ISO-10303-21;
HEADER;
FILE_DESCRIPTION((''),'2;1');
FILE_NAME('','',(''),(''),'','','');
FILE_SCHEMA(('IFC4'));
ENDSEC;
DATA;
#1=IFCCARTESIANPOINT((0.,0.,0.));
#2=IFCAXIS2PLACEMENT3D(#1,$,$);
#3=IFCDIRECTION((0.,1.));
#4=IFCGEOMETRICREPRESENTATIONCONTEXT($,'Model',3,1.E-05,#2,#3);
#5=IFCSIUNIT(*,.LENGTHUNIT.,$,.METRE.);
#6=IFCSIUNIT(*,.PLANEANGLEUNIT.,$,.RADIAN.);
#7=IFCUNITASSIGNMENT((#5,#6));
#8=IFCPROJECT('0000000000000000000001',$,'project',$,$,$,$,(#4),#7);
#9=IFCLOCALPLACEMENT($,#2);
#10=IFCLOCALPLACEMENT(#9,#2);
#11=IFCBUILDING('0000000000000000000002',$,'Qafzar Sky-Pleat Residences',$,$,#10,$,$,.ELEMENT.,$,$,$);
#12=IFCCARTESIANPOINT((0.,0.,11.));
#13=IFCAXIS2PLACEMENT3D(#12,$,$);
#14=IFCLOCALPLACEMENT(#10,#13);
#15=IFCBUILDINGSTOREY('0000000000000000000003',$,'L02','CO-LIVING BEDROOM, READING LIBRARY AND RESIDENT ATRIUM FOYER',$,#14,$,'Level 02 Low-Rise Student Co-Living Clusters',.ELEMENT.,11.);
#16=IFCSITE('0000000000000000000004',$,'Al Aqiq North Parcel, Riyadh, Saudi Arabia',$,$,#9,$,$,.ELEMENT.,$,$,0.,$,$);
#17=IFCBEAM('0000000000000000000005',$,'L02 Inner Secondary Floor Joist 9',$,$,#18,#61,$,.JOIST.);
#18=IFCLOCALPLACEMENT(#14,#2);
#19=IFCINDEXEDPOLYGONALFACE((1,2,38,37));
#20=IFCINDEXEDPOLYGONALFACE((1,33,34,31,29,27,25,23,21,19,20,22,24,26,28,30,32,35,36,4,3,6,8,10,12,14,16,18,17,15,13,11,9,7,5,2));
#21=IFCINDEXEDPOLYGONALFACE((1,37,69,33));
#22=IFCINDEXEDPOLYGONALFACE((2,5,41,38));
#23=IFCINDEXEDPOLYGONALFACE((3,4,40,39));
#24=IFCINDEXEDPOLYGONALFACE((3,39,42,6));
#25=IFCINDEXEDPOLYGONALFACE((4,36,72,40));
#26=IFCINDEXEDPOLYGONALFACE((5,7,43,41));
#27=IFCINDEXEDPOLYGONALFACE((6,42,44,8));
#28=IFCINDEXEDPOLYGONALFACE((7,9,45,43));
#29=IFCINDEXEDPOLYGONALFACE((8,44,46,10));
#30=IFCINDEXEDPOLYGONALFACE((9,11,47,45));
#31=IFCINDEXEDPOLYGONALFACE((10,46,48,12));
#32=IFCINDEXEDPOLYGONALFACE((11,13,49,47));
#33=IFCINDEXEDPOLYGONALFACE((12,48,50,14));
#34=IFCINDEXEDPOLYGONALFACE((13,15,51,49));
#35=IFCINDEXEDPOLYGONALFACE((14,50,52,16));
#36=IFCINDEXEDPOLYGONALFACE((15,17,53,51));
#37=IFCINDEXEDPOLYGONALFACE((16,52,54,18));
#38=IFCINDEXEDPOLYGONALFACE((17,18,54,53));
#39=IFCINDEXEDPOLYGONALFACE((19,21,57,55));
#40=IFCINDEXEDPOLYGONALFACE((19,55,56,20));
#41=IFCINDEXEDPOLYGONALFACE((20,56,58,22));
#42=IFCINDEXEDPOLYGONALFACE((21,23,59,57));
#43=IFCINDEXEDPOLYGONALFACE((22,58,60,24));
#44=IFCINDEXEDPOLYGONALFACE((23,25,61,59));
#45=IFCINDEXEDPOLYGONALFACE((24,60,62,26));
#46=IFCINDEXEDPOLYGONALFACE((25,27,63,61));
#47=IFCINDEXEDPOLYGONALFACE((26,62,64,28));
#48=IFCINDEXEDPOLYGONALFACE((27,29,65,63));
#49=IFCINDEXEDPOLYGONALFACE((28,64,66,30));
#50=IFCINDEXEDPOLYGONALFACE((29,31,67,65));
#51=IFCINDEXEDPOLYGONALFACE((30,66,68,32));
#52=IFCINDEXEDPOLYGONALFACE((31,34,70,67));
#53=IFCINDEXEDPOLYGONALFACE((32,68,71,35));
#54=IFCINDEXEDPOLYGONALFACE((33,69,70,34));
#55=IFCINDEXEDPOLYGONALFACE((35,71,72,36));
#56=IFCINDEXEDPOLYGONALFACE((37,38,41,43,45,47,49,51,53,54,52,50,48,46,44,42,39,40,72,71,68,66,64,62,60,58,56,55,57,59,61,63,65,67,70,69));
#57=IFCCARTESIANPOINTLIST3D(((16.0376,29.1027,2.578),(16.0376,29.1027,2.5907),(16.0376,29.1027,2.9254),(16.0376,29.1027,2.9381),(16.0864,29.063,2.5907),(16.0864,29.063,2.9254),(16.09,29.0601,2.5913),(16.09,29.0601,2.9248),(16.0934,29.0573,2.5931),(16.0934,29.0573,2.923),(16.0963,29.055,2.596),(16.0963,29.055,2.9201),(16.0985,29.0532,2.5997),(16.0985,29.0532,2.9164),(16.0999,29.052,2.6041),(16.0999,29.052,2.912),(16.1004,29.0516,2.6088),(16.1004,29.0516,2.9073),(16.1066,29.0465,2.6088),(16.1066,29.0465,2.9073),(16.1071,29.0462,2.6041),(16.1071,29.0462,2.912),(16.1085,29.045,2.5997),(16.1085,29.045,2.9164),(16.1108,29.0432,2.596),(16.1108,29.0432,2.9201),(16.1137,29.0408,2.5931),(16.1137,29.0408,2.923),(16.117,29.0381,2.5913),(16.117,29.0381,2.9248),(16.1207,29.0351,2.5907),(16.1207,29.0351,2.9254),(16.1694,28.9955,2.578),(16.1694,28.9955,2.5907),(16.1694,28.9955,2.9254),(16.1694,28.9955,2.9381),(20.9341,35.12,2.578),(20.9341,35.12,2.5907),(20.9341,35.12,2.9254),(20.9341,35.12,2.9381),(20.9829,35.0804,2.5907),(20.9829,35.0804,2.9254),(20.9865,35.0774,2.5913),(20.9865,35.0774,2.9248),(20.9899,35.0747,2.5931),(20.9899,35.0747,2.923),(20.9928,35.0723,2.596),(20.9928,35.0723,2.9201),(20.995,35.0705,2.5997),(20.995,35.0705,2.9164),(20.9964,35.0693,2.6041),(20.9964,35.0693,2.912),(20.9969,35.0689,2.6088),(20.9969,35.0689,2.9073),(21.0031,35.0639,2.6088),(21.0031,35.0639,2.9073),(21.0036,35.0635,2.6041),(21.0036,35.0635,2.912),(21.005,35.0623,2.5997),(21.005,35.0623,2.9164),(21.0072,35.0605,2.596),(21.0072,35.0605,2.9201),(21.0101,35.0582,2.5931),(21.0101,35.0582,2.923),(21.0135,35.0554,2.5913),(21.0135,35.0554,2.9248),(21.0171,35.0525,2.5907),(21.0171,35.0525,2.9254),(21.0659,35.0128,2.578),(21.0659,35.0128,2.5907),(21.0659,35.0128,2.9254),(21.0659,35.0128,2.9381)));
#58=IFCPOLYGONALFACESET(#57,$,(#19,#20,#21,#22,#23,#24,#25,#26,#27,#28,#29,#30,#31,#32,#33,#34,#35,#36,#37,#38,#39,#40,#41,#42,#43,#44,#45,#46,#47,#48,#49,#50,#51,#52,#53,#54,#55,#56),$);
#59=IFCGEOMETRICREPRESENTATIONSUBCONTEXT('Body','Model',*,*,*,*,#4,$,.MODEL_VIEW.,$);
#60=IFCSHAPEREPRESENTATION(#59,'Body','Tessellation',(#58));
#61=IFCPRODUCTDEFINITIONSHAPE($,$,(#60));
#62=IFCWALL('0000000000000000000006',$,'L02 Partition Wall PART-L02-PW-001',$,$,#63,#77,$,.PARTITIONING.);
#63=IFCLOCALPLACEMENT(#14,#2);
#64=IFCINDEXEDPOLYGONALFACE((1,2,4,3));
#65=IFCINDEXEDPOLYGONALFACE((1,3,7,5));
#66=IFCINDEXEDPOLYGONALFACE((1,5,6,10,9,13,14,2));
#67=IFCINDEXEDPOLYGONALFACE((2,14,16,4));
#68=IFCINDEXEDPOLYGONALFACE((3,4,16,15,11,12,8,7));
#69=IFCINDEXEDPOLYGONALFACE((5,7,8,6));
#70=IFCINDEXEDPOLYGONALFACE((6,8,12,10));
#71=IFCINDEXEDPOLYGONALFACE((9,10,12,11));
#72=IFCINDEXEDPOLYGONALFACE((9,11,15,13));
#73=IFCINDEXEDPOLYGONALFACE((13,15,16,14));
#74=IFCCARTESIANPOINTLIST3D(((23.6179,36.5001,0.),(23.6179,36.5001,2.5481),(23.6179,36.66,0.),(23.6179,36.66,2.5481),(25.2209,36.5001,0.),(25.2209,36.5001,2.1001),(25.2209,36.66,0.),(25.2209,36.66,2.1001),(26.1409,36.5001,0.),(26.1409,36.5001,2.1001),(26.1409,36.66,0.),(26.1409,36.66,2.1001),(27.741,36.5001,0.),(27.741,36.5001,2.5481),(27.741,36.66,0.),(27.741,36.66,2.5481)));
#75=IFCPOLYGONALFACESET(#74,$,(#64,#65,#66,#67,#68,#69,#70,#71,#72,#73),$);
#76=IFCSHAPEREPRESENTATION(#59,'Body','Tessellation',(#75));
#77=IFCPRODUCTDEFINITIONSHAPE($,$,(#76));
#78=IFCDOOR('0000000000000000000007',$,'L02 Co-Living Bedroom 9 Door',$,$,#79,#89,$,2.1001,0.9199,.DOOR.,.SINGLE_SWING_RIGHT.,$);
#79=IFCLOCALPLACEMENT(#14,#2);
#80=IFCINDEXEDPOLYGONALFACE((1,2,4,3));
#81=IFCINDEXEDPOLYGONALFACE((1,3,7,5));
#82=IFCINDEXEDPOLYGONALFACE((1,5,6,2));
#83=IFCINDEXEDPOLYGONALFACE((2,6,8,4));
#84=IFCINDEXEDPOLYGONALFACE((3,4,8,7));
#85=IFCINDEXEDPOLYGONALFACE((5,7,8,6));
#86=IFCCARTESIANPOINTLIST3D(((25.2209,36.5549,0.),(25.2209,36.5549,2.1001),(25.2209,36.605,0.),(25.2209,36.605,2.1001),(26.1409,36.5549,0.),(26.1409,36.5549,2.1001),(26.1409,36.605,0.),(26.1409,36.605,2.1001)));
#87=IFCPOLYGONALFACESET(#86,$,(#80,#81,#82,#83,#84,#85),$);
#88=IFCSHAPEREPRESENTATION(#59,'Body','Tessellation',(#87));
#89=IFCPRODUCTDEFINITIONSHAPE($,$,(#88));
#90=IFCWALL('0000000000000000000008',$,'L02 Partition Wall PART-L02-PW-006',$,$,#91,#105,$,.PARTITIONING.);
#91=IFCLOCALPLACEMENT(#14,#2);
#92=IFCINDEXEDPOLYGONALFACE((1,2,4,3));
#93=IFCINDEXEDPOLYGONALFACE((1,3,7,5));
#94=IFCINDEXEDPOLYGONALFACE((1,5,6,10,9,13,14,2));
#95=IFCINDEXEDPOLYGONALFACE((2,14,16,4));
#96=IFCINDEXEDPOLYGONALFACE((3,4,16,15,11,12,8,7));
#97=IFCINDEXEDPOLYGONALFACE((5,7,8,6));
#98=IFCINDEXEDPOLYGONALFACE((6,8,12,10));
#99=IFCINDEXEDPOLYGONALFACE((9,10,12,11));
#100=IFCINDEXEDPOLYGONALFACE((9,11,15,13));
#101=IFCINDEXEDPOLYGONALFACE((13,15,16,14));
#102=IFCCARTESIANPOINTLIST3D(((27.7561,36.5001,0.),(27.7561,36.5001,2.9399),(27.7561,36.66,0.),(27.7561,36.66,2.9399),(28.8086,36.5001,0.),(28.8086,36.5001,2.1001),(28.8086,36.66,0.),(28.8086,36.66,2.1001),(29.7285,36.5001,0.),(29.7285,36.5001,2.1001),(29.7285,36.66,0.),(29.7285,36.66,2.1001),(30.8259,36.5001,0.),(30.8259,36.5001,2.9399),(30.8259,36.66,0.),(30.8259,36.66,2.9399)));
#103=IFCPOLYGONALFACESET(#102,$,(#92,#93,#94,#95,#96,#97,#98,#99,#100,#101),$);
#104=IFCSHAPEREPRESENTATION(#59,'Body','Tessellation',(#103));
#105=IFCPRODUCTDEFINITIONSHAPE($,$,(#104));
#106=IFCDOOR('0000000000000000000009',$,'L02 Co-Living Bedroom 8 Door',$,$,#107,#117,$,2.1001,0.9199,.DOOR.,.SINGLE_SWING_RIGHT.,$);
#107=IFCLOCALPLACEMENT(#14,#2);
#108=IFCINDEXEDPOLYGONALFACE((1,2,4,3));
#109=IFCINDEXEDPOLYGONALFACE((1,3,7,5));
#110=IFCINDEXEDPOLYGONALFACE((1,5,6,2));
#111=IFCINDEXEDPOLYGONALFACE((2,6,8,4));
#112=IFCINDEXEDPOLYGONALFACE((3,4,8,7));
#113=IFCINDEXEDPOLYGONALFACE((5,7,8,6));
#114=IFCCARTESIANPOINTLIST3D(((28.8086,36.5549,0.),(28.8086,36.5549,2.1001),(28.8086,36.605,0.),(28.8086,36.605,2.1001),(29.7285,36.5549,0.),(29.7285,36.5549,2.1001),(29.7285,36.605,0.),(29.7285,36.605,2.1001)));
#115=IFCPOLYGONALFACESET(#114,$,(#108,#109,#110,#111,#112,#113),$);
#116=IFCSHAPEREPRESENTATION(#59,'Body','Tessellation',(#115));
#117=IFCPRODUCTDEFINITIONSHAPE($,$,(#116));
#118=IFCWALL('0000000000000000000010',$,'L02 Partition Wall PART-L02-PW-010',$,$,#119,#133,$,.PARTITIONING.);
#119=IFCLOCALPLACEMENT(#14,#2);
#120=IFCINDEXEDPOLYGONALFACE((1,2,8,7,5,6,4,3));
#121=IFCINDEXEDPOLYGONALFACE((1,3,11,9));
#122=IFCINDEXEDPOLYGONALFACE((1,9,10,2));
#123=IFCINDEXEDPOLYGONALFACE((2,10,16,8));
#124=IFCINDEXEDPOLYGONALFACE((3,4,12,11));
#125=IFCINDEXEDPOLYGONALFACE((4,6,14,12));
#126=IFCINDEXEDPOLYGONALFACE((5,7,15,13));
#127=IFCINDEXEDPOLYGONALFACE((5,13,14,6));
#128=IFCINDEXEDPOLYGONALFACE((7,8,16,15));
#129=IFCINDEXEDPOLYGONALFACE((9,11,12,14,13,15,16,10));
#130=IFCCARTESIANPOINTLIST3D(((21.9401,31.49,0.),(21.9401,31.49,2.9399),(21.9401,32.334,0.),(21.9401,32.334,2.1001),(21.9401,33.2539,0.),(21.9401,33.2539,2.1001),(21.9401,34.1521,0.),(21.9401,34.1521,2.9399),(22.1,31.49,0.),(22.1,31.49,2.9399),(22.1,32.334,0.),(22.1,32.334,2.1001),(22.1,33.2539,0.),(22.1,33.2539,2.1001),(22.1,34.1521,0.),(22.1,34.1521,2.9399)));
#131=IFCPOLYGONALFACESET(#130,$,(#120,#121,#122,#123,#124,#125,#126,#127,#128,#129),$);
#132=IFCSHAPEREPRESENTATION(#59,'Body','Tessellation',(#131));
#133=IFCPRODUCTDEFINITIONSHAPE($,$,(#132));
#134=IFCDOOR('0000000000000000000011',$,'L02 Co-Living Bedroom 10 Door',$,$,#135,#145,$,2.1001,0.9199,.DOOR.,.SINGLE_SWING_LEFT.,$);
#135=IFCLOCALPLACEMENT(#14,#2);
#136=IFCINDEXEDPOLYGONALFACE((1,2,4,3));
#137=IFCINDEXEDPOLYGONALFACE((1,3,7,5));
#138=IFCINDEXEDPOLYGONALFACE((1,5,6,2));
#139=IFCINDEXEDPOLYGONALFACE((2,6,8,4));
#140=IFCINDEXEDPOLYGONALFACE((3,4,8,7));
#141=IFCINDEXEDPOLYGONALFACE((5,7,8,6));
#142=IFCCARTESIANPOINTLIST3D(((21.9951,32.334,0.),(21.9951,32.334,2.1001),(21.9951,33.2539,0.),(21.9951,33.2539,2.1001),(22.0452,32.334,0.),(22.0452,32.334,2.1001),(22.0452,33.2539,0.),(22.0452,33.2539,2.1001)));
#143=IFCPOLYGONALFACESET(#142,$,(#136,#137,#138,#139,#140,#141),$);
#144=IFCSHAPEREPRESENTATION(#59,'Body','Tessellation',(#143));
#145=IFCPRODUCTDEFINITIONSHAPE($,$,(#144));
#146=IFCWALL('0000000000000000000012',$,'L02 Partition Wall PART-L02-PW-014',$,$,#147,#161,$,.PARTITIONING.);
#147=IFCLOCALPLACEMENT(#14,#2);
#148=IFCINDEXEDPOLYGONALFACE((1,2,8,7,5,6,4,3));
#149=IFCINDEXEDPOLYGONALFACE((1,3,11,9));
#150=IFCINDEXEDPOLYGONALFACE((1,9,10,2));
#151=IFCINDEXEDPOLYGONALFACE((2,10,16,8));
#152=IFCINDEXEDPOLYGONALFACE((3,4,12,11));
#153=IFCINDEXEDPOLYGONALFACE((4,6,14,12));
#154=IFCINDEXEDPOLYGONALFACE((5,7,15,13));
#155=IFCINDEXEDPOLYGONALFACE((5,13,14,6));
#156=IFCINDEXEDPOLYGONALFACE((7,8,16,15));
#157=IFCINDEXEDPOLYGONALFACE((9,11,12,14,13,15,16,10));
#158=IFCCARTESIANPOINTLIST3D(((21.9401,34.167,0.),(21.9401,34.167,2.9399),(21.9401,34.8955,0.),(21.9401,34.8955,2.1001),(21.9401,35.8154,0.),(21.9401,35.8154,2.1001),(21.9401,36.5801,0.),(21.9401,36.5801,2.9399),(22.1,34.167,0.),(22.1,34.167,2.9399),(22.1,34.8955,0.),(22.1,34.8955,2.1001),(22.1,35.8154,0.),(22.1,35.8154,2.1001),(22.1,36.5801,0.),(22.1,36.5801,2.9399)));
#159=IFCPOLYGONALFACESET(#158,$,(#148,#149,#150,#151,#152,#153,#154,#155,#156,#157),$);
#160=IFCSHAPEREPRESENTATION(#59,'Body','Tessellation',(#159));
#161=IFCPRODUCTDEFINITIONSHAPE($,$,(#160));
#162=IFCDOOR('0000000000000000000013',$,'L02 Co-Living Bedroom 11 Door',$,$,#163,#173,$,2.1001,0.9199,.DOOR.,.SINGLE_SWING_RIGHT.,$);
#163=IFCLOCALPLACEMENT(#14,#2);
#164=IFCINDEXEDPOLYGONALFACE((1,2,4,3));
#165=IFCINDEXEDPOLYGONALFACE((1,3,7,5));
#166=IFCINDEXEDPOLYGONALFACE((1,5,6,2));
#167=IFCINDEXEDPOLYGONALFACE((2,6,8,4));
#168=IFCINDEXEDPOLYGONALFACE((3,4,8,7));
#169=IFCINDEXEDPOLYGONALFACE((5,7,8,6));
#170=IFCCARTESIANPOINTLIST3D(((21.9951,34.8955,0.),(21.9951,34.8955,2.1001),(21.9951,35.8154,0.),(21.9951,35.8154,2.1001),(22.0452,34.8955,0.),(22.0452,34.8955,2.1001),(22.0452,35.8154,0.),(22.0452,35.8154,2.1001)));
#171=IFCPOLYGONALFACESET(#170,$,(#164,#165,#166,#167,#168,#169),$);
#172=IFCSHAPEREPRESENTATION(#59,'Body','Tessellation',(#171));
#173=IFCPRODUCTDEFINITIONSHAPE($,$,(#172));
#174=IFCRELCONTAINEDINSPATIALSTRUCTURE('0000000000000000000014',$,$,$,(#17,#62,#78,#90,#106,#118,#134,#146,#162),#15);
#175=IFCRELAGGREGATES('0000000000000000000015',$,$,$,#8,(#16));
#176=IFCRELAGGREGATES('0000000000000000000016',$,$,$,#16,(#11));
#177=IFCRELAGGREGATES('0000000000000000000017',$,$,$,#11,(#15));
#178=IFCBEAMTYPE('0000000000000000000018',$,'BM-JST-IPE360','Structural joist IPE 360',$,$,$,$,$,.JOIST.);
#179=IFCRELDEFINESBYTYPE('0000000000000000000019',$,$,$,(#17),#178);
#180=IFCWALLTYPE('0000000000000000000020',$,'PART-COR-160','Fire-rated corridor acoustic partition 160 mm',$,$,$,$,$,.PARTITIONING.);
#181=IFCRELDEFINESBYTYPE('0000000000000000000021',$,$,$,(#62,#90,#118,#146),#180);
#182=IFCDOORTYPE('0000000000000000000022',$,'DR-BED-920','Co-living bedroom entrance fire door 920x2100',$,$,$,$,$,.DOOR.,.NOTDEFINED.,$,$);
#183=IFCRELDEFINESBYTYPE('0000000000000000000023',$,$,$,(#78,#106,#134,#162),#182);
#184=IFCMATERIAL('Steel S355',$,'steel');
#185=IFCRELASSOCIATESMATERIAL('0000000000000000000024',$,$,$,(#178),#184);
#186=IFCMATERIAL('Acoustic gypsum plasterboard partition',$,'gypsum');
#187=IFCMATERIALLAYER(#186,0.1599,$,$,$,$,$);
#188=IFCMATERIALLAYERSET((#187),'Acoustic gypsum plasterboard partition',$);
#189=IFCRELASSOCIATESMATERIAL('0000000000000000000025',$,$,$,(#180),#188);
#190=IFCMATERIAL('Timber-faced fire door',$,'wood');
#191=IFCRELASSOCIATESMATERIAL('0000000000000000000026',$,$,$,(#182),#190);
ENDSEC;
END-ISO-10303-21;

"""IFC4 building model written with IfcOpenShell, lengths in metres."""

from ifc_helpers import new_model, si_unit, direction, frame, frame_2d, origin, origin_2d, place, context, subcontext, project, spatial, rectangle, i_section, extrude, source, transform, mapped, material, layer, layer_set, material_profile, profile_set, type_object, element, fill, save


model = new_model("IFC4")

# Units and contexts
model_context = context("Model", 3, precision=1e-05, world=origin(), true_north=direction((0.0, 1.0)))
body_context = subcontext(model_context, "Body", "Model", "MODEL_VIEW")
ifc_project = project(units=[si_unit("LENGTHUNIT", "METRE"), si_unit("PLANEANGLEUNIT", "RADIAN")], contexts=[model_context])

# Site, building, storey
site_placement = place(None, origin())
site = spatial("IfcSite", under=ifc_project, at=site_placement, Name="Al Aqiq North Parcel, Riyadh, Saudi Arabia", CompositionType="ELEMENT", RefElevation=0.0)
building_placement = place(site_placement, origin())
building = spatial("IfcBuilding", under=site, at=building_placement, Name="Qafzar Sky-Pleat Residences", CompositionType="ELEMENT")
storey_placement = place(building_placement, frame((0.0, 0.0, 11.0)))
storey = spatial("IfcBuildingStorey", under=building, at=storey_placement, Name="L02", Description="CO-LIVING BEDROOM, READING LIBRARY AND RESIDENT ATRIUM FOYER", LongName="Level 02 Low-Rise Student Co-Living Clusters", CompositionType="ELEMENT", Elevation=11.0)

# Beam
ifc_material_1 = material(Name="Steel S355", Category="steel")
ifc_material_profile = material_profile(ifc_material_1, i_section(OverallWidth=0.1699, OverallDepth=0.3601, WebThickness=0.0081, FlangeThickness=0.0127, FilletRadius=0.0181, at=origin_2d()), Name="IPE 360")
ifc_profile_set = profile_set([ifc_material_profile], Name="Steel S355")
beam_type = type_object("IfcBeamType", Name="BM-JST-IPE360", Description="Structural joist IPE 360", PredefinedType="JOIST", material=ifc_profile_set)
shared_shape_1 = source(origin(), body_context, "Body", "SweptSolid", [
    extrude(i_section(OverallWidth=0.1699, OverallDepth=0.3601, WebThickness=0.0081, FlangeThickness=0.0127, FilletRadius=0.0181, at=origin_2d()), origin(), (0.0, 0.0, 1.0), 7.7578),
])
beam_placement = place(storey_placement, frame((21.0, 35.0664, 2.7581), z_axis=(-0.631167, -0.775647, 0.0), x_axis=(0.775647, -0.631167, 0.0)))
element("IfcBeam", 1, at=beam_placement, inside=storey, type_object=beam_type, Name="L02 Inner Secondary Floor Joist 9", PredefinedType="JOIST", context=body_context, shape_type="MappedRepresentation", body=[
    mapped(shared_shape_1, transform((0.0, 0.0, 0.0), x_axis=(1.0, 0.0, 0.0), y_axis=(0.0, 1.0, 0.0), z_axis=(0.0, 0.0, 1.0), scale=1.0)),
])

# Walls, openings, doors
ifc_material_2 = material(Name="Acoustic gypsum plasterboard partition", Category="gypsum")
ifc_layer_1 = layer(ifc_material_2, 0.1599)
ifc_layer_set_1 = layer_set([ifc_layer_1], Name="Acoustic gypsum plasterboard partition")
wall_type_1 = type_object("IfcWallType", Name="PART-COR-160", Description="Fire-rated corridor acoustic partition 160 mm", PredefinedType="PARTITIONING", material=ifc_layer_set_1)
wall_1_placement = place(storey_placement, frame((23.6179, 36.5801, 0.0), z_axis=(0.0, 0.0, 1.0), x_axis=(1.0, 0.0, 0.0)))
wall_1 = element("IfcWall", 2, at=wall_1_placement, inside=storey, type_object=wall_type_1, Name="L02 Partition Wall PART-L02-PW-001", PredefinedType="PARTITIONING", context=body_context, shape_type="SweptSolid", body=[
    extrude(rectangle(XDim=4.123, YDim=0.1599, at=frame_2d((2.0615, 0.0))), origin(), (0.0, 0.0, 1.0), 2.5481),
])
opening_1_placement = place(wall_1_placement, frame((1.603, 0.0, 0.0)))
opening_1 = element("IfcOpeningElement", 3, at=opening_1_placement, cuts=wall_1, PredefinedType="OPENING", context=body_context, shape_type="SweptSolid", body=[
    extrude(rectangle(XDim=0.9199, YDim=2.1001, at=frame_2d((0.46, 1.05))), frame((0.0, 0.0898, 0.0), z_axis=(0.0, -1.0, 0.0), x_axis=(1.0, 0.0, 0.0)), (0.0, 0.0, 1.0), 0.1799),
])
ifc_material_3 = material(Name="Timber-faced fire door", Category="wood")
door_type_1 = type_object("IfcDoorType", Name="DR-BED-920", Description="Co-living bedroom entrance fire door 920x2100", OperationType="NOTDEFINED", PredefinedType="DOOR", material=ifc_material_3)
shared_shape_2 = source(origin(), body_context, "Body", "SweptSolid", [
    extrude(rectangle(XDim=0.9199, YDim=2.1001, at=frame_2d((0.46, 1.05))), frame((0.0, 0.0249, 0.0), z_axis=(0.0, -1.0, 0.0), x_axis=(1.0, 0.0, 0.0)), (0.0, 0.0, 1.0), 0.05),
])
door_1_placement = place(opening_1_placement, origin())
door_1 = element("IfcDoor", 4, at=door_1_placement, inside=storey, type_object=door_type_1, Name="L02 Co-Living Bedroom 9 Door", OperationType="SINGLE_SWING_RIGHT", OverallHeight=2.1001, OverallWidth=0.9199, PredefinedType="DOOR", context=body_context, shape_type="MappedRepresentation", body=[
    mapped(shared_shape_2, transform((0.0, 0.0, 0.0), x_axis=(1.0, 0.0, 0.0), y_axis=(0.0, 1.0, 0.0), z_axis=(0.0, 0.0, 1.0), scale=1.0)),
])
fill(opening_1, door_1)
wall_2_placement = place(storey_placement, frame((27.7561, 36.5801, 0.0), z_axis=(0.0, 0.0, 1.0), x_axis=(1.0, 0.0, 0.0)))
wall_2 = element("IfcWall", 5, at=wall_2_placement, inside=storey, type_object=wall_type_1, Name="L02 Partition Wall PART-L02-PW-006", PredefinedType="PARTITIONING", context=body_context, shape_type="SweptSolid", body=[
    extrude(rectangle(XDim=3.0698, YDim=0.1599, at=frame_2d((1.5349, 0.0))), origin(), (0.0, 0.0, 1.0), 2.9399),
])
opening_2_placement = place(wall_2_placement, frame((1.0525, 0.0, 0.0)))
opening_2 = element("IfcOpeningElement", 6, at=opening_2_placement, cuts=wall_2, PredefinedType="OPENING", context=body_context, shape_type="SweptSolid", body=[
    extrude(rectangle(XDim=0.9199, YDim=2.1001, at=frame_2d((0.46, 1.05))), frame((0.0, 0.0898, 0.0), z_axis=(0.0, -1.0, 0.0), x_axis=(1.0, 0.0, 0.0)), (0.0, 0.0, 1.0), 0.1799),
])
door_2_placement = place(opening_2_placement, origin())
door_2 = element("IfcDoor", 7, at=door_2_placement, inside=storey, type_object=door_type_1, Name="L02 Co-Living Bedroom 8 Door", OperationType="SINGLE_SWING_RIGHT", OverallHeight=2.1001, OverallWidth=0.9199, PredefinedType="DOOR", context=body_context, shape_type="MappedRepresentation", body=[
    mapped(shared_shape_2, transform((0.0, 0.0, 0.0), x_axis=(1.0, 0.0, 0.0), y_axis=(0.0, 1.0, 0.0), z_axis=(0.0, 0.0, 1.0), scale=1.0)),
])
fill(opening_2, door_2)
wall_3_placement = place(storey_placement, frame((22.02, 31.49, 0.0), z_axis=(0.0, 0.0, 1.0), x_axis=(0.0, 1.0, 0.0)))
wall_3 = element("IfcWall", 8, at=wall_3_placement, inside=storey, type_object=wall_type_1, Name="L02 Partition Wall PART-L02-PW-010", PredefinedType="PARTITIONING", context=body_context, shape_type="SweptSolid", body=[
    extrude(rectangle(XDim=2.6621, YDim=0.1599, at=frame_2d((1.3311, 0.0))), origin(), (0.0, 0.0, 1.0), 2.9399),
])
opening_3_placement = place(wall_3_placement, frame((0.844, 0.0, 0.0)))
opening_3 = element("IfcOpeningElement", 9, at=opening_3_placement, cuts=wall_3, PredefinedType="OPENING", context=body_context, shape_type="SweptSolid", body=[
    extrude(rectangle(XDim=0.9199, YDim=2.1001, at=frame_2d((0.46, 1.05))), frame((0.0, 0.0898, 0.0), z_axis=(0.0, -1.0, 0.0), x_axis=(1.0, 0.0, 0.0)), (0.0, 0.0, 1.0), 0.1799),
])
door_3_placement = place(opening_3_placement, origin())
door_3 = element("IfcDoor", 10, at=door_3_placement, inside=storey, type_object=door_type_1, Name="L02 Co-Living Bedroom 10 Door", OperationType="SINGLE_SWING_LEFT", OverallHeight=2.1001, OverallWidth=0.9199, PredefinedType="DOOR", context=body_context, shape_type="MappedRepresentation", body=[
    mapped(shared_shape_2, transform((0.0, 0.0, 0.0), x_axis=(1.0, 0.0, 0.0), y_axis=(0.0, 1.0, 0.0), z_axis=(0.0, 0.0, 1.0), scale=1.0)),
])
fill(opening_3, door_3)
wall_4_placement = place(storey_placement, frame((22.02, 34.167, 0.0), z_axis=(0.0, 0.0, 1.0), x_axis=(0.0, 1.0, 0.0)))
wall_4 = element("IfcWall", 11, at=wall_4_placement, inside=storey, type_object=wall_type_1, Name="L02 Partition Wall PART-L02-PW-014", PredefinedType="PARTITIONING", context=body_context, shape_type="SweptSolid", body=[
    extrude(rectangle(XDim=2.4131, YDim=0.1599, at=frame_2d((1.2065, 0.0))), origin(), (0.0, 0.0, 1.0), 2.9399),
])
opening_4_placement = place(wall_4_placement, frame((0.7285, 0.0, 0.0)))
opening_4 = element("IfcOpeningElement", 12, at=opening_4_placement, cuts=wall_4, PredefinedType="OPENING", context=body_context, shape_type="SweptSolid", body=[
    extrude(rectangle(XDim=0.9199, YDim=2.1001, at=frame_2d((0.46, 1.05))), frame((0.0, 0.0898, 0.0), z_axis=(0.0, -1.0, 0.0), x_axis=(1.0, 0.0, 0.0)), (0.0, 0.0, 1.0), 0.1799),
])
door_4_placement = place(opening_4_placement, origin())
door_4 = element("IfcDoor", 13, at=door_4_placement, inside=storey, type_object=door_type_1, Name="L02 Co-Living Bedroom 11 Door", OperationType="SINGLE_SWING_RIGHT", OverallHeight=2.1001, OverallWidth=0.9199, PredefinedType="DOOR", context=body_context, shape_type="MappedRepresentation", body=[
    mapped(shared_shape_2, transform((0.0, 0.0, 0.0), x_axis=(1.0, 0.0, 0.0), y_axis=(0.0, 1.0, 0.0), z_axis=(0.0, 0.0, 1.0), scale=1.0)),
])
fill(opening_4, door_4)

save(model, "model.ifc")
